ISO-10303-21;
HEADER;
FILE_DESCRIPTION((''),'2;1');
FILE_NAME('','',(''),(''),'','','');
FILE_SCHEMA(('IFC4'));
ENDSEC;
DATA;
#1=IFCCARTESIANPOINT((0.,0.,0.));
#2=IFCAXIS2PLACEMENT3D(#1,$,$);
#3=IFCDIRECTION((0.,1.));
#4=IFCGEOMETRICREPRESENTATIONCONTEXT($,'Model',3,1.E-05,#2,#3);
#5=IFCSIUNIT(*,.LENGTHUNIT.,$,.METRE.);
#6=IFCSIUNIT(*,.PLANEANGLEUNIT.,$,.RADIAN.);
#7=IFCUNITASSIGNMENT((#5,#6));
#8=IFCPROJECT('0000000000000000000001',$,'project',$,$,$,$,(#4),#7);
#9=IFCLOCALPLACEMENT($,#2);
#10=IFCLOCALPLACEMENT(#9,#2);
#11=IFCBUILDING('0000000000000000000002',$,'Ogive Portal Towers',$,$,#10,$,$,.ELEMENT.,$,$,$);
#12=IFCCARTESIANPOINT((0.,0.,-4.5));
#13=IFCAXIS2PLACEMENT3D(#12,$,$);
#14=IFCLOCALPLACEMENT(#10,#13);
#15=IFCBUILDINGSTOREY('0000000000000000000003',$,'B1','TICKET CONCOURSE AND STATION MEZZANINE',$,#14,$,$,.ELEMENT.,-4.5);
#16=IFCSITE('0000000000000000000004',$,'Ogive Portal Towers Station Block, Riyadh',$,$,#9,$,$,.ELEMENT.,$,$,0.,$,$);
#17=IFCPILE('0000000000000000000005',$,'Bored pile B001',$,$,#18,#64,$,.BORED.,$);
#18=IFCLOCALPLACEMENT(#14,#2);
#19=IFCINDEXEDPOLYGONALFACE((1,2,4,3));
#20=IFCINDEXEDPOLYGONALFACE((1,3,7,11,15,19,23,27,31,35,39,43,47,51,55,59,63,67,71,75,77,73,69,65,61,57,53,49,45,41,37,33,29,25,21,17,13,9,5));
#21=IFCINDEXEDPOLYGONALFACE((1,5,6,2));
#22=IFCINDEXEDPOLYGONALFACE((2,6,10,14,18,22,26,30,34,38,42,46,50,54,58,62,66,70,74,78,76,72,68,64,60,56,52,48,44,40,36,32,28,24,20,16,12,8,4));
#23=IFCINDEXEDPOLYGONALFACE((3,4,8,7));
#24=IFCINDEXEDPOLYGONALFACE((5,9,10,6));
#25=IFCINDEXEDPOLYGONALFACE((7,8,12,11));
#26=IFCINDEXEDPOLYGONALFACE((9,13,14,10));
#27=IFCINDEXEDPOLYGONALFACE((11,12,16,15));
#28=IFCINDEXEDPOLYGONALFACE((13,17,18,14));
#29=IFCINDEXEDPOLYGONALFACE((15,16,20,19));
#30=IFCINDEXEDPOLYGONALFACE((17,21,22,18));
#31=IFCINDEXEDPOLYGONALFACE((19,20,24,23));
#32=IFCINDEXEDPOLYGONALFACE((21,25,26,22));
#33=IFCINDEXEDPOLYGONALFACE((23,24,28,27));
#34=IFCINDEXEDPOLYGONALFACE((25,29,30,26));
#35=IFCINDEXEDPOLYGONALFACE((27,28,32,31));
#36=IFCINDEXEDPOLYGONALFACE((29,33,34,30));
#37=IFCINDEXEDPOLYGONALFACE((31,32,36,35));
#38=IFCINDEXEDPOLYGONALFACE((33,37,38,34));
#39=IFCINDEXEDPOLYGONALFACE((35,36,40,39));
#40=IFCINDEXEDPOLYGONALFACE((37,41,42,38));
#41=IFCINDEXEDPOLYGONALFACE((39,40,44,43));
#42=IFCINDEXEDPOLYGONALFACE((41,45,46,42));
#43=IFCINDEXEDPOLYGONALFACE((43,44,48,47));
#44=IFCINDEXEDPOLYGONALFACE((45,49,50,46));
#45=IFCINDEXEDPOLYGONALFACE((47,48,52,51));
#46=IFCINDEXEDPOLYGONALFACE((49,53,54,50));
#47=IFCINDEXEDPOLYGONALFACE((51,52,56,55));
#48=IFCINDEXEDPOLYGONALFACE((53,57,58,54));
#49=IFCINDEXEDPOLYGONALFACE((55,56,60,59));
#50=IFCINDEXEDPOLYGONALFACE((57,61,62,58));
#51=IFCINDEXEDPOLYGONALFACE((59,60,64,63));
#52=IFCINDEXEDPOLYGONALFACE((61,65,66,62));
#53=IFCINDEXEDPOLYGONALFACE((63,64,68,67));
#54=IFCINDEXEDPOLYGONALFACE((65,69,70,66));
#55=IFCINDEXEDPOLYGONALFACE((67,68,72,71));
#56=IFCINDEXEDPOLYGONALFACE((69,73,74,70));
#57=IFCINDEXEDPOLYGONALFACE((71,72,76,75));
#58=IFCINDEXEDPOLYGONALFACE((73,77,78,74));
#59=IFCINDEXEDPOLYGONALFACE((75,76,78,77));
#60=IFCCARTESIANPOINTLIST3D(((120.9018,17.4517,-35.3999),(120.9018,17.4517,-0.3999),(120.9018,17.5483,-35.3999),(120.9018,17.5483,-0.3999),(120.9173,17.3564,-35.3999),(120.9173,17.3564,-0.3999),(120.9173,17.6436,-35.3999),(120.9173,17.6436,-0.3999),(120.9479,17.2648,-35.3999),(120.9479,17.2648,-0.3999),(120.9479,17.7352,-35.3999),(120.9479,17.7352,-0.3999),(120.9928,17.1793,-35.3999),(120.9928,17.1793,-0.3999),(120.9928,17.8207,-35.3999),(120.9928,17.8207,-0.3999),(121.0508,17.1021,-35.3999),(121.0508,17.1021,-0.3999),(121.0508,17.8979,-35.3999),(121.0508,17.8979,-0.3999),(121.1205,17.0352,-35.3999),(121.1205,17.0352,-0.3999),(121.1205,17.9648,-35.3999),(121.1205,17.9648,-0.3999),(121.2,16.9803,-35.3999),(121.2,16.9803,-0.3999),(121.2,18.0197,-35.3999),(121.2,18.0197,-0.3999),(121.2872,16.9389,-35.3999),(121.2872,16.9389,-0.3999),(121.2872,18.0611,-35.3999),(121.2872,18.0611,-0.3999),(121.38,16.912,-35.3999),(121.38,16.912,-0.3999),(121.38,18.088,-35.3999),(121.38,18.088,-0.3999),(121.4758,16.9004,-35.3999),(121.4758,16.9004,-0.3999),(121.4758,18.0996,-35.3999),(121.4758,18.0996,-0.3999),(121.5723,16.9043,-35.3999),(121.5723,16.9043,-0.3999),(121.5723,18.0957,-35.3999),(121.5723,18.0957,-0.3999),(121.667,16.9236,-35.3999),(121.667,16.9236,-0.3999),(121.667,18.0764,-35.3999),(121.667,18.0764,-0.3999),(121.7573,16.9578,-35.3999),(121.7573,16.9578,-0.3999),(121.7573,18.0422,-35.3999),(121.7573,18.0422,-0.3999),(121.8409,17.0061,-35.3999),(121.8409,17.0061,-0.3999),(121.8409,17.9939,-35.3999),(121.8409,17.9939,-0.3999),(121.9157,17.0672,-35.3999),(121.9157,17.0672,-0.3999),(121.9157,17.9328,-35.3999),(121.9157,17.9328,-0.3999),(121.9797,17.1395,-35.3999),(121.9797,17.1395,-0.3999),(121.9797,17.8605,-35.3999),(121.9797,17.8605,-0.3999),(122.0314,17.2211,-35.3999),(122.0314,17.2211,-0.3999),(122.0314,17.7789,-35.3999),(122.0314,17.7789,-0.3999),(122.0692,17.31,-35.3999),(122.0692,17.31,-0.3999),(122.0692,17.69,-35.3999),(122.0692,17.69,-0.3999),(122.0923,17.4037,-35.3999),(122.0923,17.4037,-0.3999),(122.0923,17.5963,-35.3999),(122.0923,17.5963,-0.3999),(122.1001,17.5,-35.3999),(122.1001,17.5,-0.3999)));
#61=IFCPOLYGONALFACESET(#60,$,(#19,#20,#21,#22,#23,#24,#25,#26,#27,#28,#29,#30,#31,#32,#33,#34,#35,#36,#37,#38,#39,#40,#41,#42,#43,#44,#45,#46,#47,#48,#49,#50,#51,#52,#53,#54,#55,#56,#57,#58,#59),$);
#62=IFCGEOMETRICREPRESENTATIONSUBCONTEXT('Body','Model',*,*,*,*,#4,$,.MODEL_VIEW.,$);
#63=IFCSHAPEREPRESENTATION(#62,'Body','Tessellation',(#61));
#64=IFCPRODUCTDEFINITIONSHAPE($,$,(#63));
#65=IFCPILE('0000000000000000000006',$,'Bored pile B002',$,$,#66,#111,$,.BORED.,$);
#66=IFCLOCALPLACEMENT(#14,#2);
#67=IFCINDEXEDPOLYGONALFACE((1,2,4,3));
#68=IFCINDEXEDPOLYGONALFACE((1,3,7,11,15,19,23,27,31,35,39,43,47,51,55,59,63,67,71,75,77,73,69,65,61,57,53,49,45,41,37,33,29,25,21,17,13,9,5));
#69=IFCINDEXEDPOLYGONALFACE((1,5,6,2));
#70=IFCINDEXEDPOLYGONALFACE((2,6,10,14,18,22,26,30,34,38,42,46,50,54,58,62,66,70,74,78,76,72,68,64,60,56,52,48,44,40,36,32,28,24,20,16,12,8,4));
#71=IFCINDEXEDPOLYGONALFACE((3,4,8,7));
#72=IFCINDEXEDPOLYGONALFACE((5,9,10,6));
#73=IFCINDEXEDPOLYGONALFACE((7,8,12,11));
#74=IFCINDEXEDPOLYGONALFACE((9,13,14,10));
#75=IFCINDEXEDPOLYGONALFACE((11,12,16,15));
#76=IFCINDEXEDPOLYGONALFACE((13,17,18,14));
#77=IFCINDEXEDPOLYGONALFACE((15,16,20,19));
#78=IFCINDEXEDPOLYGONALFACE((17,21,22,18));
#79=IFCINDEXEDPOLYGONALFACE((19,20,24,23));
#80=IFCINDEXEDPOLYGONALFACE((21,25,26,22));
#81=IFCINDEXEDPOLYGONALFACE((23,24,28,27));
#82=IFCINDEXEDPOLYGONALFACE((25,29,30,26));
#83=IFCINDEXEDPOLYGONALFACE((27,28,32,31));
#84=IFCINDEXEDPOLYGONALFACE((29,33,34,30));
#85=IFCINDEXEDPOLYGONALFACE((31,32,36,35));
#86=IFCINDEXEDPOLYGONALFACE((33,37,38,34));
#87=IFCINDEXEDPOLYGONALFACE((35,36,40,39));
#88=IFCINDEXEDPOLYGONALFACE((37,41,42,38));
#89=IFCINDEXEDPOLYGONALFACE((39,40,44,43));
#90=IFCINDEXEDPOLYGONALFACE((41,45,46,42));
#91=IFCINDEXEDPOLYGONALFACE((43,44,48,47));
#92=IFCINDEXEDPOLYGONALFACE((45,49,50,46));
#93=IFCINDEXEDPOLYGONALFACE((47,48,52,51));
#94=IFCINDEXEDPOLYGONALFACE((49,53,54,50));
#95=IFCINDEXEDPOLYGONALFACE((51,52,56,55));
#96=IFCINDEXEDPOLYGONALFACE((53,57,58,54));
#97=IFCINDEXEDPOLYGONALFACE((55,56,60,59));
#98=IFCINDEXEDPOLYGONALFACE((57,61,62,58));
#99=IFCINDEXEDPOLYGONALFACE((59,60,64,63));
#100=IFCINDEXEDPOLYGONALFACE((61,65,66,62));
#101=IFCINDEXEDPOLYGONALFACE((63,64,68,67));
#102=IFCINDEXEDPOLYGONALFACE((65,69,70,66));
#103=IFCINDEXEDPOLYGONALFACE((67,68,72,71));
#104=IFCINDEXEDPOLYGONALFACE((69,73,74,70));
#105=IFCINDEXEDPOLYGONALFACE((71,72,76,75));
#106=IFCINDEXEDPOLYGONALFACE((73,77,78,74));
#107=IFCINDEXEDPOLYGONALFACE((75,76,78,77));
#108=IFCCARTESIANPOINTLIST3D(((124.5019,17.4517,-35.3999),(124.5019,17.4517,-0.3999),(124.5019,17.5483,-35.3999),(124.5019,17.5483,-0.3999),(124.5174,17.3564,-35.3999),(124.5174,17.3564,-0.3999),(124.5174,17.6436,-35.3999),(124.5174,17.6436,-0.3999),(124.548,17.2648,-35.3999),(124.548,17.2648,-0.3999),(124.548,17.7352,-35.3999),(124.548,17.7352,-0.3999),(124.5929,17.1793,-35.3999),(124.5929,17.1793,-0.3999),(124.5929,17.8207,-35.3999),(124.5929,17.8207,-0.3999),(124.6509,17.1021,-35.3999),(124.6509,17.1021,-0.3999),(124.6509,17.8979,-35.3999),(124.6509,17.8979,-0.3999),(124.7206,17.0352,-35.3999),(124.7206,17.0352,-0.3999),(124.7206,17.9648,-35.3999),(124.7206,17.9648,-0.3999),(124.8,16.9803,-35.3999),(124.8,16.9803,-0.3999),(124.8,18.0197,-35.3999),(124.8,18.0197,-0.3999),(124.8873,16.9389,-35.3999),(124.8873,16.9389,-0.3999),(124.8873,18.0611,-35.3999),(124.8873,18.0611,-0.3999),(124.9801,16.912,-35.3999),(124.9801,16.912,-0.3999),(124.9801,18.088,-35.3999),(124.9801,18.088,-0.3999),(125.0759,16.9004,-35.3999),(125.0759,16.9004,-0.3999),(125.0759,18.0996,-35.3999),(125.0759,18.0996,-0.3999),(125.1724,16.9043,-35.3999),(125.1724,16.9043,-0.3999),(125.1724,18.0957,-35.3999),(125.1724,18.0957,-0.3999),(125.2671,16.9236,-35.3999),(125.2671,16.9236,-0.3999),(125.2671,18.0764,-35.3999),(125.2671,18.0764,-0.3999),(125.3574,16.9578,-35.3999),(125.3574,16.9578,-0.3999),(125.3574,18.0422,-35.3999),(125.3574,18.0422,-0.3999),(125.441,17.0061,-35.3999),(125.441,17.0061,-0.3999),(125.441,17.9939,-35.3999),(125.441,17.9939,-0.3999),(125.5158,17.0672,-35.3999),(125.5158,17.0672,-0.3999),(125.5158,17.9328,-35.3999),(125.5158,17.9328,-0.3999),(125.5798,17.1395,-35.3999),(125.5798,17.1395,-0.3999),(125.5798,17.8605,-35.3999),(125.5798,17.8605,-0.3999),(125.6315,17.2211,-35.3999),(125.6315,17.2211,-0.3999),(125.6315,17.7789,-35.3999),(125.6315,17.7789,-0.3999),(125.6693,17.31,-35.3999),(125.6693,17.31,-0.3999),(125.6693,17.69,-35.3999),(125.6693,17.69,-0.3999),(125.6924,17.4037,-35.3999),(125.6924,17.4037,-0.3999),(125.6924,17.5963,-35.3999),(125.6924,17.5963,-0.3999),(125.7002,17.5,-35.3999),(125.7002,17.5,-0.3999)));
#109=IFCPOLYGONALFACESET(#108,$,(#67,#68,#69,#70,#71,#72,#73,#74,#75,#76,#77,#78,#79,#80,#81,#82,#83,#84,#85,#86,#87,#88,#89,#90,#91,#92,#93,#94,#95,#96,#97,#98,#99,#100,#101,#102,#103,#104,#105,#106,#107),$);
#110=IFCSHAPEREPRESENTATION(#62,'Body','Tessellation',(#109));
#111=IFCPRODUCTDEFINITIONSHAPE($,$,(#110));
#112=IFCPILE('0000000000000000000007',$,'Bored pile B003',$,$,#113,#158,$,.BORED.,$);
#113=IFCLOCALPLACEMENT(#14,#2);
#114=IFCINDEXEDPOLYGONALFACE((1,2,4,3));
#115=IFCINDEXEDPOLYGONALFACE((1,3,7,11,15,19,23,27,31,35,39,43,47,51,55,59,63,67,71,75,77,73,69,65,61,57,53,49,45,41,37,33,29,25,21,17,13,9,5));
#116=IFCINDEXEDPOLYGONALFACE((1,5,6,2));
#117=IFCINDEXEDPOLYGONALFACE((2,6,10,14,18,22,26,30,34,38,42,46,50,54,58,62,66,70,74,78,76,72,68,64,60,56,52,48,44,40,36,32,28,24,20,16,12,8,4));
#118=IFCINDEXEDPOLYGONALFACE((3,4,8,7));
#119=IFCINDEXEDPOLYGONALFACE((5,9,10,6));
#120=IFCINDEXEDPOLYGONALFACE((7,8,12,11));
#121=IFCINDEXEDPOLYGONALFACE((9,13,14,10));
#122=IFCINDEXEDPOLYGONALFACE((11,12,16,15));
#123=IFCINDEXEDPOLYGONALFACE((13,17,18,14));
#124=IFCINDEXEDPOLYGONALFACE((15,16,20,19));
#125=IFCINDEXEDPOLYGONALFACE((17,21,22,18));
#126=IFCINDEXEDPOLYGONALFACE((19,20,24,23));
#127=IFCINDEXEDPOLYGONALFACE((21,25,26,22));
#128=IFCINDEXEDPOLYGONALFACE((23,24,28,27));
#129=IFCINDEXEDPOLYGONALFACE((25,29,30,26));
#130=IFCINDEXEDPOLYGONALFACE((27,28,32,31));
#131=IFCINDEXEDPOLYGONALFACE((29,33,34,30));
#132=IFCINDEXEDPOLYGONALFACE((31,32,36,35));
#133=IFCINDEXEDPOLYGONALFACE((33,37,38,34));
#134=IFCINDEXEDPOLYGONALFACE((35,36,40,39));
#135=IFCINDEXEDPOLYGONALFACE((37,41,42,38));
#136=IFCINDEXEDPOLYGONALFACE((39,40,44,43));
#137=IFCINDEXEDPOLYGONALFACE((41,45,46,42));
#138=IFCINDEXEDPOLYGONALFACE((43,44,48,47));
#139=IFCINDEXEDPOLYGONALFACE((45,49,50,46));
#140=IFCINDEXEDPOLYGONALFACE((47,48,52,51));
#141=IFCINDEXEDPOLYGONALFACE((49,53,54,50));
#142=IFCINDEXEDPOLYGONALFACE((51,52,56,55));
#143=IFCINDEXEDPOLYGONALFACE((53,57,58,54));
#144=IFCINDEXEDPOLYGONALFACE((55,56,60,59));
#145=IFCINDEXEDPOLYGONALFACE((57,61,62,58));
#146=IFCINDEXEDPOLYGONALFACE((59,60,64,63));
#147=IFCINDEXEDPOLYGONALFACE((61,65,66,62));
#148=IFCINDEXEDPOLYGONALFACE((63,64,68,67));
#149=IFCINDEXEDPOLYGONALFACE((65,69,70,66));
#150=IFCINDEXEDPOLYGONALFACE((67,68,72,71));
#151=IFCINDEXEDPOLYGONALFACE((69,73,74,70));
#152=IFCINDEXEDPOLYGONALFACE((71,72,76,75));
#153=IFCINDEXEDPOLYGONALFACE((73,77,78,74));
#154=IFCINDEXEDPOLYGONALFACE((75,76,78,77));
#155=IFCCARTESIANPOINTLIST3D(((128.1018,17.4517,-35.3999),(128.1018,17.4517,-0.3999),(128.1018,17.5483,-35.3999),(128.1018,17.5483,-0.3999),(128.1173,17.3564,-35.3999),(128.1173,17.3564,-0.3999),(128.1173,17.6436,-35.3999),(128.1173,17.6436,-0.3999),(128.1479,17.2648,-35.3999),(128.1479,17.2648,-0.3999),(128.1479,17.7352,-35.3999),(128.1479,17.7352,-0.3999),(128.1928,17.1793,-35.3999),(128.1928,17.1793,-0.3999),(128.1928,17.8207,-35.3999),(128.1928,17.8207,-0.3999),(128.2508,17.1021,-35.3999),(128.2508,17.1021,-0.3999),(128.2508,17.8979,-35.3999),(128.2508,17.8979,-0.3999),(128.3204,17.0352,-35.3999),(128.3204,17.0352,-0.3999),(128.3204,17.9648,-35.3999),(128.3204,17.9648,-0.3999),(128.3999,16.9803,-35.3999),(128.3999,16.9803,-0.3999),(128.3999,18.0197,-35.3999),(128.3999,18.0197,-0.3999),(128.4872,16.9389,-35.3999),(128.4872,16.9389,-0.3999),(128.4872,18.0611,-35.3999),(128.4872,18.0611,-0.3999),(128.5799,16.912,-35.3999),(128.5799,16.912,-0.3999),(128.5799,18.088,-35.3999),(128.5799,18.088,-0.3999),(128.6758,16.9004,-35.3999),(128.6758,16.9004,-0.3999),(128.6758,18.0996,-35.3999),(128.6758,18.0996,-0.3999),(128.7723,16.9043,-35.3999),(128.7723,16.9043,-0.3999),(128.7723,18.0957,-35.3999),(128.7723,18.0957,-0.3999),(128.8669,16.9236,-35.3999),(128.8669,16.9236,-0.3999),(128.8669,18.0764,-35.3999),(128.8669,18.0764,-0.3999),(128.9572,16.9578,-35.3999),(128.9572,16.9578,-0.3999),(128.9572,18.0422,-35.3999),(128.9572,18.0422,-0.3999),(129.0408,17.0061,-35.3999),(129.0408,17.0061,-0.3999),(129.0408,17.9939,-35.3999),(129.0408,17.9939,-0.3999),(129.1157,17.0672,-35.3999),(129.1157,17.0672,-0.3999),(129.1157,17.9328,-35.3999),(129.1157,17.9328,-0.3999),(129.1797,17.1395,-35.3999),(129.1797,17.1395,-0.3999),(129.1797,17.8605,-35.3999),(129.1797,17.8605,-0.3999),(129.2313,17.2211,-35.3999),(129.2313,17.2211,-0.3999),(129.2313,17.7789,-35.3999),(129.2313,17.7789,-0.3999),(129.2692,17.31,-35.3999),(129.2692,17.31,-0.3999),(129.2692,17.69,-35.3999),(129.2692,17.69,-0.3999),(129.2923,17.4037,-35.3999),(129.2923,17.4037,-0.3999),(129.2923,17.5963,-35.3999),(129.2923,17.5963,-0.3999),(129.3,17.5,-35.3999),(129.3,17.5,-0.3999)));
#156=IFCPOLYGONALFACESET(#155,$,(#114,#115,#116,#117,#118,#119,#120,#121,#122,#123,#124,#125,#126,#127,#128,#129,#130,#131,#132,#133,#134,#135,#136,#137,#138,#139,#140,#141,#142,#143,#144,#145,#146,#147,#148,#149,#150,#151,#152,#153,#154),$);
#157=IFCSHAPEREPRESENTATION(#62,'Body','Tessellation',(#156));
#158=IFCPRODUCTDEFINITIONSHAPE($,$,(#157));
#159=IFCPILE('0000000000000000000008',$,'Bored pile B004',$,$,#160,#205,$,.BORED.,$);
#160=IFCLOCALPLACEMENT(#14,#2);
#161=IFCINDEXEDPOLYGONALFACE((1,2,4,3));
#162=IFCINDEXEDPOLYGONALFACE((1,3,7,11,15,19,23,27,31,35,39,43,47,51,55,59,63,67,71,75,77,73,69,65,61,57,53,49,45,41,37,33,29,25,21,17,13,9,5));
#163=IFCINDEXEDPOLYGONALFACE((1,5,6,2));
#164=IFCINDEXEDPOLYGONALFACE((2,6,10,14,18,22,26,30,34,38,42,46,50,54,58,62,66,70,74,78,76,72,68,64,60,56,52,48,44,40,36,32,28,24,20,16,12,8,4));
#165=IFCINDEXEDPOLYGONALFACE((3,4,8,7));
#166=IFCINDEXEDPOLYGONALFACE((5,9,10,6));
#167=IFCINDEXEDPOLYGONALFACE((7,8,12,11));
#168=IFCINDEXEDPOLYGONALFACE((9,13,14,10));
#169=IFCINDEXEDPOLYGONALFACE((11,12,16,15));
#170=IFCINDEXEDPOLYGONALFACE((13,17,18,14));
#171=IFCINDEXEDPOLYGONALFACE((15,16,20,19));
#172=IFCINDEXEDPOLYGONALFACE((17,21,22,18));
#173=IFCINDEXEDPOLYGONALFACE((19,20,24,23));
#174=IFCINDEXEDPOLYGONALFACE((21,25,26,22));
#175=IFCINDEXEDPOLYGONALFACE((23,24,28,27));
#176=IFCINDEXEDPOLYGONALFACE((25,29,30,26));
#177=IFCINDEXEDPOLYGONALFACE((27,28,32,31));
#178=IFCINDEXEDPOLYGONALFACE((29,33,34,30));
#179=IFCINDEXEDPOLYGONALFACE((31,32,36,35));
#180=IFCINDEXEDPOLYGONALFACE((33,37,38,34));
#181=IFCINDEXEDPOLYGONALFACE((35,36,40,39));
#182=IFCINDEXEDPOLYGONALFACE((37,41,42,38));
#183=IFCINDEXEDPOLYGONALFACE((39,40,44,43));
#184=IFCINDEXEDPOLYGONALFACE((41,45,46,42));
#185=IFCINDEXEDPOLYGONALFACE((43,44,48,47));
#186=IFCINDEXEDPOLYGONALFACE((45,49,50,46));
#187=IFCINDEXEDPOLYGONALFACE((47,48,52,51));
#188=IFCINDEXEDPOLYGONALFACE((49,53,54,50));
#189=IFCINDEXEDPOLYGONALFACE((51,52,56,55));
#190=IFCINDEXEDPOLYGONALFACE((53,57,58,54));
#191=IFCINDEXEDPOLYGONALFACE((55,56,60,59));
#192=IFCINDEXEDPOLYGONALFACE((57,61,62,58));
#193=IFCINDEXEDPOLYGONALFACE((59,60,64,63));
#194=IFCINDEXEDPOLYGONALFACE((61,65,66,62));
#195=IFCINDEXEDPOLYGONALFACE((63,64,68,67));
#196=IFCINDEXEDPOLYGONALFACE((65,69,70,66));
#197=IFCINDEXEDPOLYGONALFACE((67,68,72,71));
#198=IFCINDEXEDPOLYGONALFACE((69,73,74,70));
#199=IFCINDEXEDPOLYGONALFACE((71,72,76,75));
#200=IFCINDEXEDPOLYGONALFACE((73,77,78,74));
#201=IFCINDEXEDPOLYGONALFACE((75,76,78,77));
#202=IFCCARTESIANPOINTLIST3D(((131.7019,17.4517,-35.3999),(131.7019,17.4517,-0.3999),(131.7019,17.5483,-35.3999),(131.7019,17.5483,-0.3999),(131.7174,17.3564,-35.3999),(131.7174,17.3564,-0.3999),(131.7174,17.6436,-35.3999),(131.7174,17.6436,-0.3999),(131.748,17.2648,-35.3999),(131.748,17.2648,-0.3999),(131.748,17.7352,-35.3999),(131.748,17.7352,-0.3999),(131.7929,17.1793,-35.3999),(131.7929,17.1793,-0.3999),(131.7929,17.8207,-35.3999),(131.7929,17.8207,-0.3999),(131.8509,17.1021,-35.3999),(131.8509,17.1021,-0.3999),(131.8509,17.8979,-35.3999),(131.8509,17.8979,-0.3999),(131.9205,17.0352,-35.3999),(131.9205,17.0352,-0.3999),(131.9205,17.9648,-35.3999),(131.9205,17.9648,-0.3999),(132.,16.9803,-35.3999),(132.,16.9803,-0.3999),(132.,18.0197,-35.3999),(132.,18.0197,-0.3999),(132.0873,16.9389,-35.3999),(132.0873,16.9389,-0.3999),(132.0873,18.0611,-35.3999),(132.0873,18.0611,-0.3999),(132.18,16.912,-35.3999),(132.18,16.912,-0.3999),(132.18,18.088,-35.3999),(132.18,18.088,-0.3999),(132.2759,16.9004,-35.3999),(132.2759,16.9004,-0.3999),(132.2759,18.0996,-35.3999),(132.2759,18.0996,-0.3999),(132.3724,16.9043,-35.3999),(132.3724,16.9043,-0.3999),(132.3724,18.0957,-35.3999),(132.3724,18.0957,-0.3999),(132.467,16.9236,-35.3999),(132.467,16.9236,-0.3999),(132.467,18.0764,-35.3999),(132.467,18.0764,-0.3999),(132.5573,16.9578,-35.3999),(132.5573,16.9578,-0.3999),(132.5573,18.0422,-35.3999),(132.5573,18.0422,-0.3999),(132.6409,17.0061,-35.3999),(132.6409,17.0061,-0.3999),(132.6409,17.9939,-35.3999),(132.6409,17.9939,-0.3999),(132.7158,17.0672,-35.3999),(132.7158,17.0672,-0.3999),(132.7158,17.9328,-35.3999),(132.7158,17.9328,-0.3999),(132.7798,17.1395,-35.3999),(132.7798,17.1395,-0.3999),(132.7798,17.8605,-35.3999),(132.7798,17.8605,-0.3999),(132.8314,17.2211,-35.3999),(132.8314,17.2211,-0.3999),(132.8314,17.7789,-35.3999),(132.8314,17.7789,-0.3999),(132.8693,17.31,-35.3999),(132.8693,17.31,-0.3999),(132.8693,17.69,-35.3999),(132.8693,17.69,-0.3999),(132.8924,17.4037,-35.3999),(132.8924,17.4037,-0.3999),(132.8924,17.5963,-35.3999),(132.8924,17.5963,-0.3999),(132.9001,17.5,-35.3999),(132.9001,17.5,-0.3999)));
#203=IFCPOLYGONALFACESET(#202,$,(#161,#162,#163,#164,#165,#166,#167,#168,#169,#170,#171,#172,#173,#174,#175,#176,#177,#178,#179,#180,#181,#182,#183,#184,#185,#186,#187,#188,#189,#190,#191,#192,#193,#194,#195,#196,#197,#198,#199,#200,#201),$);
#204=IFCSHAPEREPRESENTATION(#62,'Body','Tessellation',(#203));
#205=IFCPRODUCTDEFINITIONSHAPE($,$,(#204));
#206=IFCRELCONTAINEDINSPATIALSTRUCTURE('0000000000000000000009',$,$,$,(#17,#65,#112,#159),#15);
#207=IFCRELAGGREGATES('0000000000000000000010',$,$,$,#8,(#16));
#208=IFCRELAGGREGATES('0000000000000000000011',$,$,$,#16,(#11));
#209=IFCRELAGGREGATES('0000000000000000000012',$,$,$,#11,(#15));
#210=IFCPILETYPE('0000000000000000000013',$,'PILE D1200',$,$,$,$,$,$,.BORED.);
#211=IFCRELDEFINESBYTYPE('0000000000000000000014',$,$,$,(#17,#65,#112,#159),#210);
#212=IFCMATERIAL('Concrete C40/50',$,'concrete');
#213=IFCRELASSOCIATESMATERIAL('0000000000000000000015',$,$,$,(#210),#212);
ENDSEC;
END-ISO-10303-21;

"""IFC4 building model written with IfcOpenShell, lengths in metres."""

from ifc_helpers import new_model, si_unit, direction, frame, origin, origin_2d, place, context, subcontext, project, spatial, circle, extrude, material, material_profile, profile_set, type_object, element, save


model = new_model("IFC4")

# Units and contexts
model_context = context("Model", 3, precision=1e-05, world=origin(), true_north=direction((0.0, 1.0)))
body_context = subcontext(model_context, "Body", "Model", "MODEL_VIEW")
ifc_project = project(units=[si_unit("LENGTHUNIT", "METRE"), si_unit("PLANEANGLEUNIT", "RADIAN")], contexts=[model_context])

# Site, building, storey
site_placement = place(None, origin())
site = spatial("IfcSite", under=ifc_project, at=site_placement, Name="Ogive Portal Towers Station Block, Riyadh", CompositionType="ELEMENT", RefElevation=0.0)
building_placement = place(site_placement, origin())
building = spatial("IfcBuilding", under=site, at=building_placement, Name="Ogive Portal Towers", CompositionType="ELEMENT")
storey_placement = place(building_placement, frame((0.0, 0.0, -4.5)))
storey = spatial("IfcBuildingStorey", under=building, at=storey_placement, Name="B1", Description="TICKET CONCOURSE AND STATION MEZZANINE", CompositionType="ELEMENT", Elevation=-4.5)

# Piles
ifc_material_1 = material(Name="Concrete C40/50", Category="concrete")
ifc_material_profile_1 = material_profile(ifc_material_1, circle(Radius=0.6001, at=origin_2d()), Name="PILE D1200")
ifc_profile_set_1 = profile_set([ifc_material_profile_1], Name="Concrete C40/50")
pile_type = type_object("IfcPileType", Name="PILE D1200", PredefinedType="BORED", material=ifc_profile_set_1)
for number, where, z_axis, x_axis, name in (
    (1, (121.5, 17.5, -0.3999), (0.0, 0.0, -1.0), (1.0, 0.0, 0.0), "Bored pile B001"),
    (2, (125.1001, 17.5, -0.3999), (0.0, 0.0, -1.0), (1.0, 0.0, 0.0), "Bored pile B002"),
    (3, (128.7, 17.5, -0.3999), (0.0, 0.0, -1.0), (1.0, 0.0, 0.0), "Bored pile B003"),
    (4, (132.3, 17.5, -0.3999), (0.0, 0.0, -1.0), (1.0, 0.0, 0.0), "Bored pile B004"),
):
    element("IfcPile", number, at=place(storey_placement, frame(where, z_axis=z_axis, x_axis=x_axis)), inside=storey, type_object=pile_type, Name=name, PredefinedType="BORED", context=body_context, shape_type="SweptSolid", body=[
        extrude(circle(Radius=0.6001, at=origin_2d()), origin(), (0.0, 0.0, 1.0), 35.0),
    ])

save(model, "model.ifc")
